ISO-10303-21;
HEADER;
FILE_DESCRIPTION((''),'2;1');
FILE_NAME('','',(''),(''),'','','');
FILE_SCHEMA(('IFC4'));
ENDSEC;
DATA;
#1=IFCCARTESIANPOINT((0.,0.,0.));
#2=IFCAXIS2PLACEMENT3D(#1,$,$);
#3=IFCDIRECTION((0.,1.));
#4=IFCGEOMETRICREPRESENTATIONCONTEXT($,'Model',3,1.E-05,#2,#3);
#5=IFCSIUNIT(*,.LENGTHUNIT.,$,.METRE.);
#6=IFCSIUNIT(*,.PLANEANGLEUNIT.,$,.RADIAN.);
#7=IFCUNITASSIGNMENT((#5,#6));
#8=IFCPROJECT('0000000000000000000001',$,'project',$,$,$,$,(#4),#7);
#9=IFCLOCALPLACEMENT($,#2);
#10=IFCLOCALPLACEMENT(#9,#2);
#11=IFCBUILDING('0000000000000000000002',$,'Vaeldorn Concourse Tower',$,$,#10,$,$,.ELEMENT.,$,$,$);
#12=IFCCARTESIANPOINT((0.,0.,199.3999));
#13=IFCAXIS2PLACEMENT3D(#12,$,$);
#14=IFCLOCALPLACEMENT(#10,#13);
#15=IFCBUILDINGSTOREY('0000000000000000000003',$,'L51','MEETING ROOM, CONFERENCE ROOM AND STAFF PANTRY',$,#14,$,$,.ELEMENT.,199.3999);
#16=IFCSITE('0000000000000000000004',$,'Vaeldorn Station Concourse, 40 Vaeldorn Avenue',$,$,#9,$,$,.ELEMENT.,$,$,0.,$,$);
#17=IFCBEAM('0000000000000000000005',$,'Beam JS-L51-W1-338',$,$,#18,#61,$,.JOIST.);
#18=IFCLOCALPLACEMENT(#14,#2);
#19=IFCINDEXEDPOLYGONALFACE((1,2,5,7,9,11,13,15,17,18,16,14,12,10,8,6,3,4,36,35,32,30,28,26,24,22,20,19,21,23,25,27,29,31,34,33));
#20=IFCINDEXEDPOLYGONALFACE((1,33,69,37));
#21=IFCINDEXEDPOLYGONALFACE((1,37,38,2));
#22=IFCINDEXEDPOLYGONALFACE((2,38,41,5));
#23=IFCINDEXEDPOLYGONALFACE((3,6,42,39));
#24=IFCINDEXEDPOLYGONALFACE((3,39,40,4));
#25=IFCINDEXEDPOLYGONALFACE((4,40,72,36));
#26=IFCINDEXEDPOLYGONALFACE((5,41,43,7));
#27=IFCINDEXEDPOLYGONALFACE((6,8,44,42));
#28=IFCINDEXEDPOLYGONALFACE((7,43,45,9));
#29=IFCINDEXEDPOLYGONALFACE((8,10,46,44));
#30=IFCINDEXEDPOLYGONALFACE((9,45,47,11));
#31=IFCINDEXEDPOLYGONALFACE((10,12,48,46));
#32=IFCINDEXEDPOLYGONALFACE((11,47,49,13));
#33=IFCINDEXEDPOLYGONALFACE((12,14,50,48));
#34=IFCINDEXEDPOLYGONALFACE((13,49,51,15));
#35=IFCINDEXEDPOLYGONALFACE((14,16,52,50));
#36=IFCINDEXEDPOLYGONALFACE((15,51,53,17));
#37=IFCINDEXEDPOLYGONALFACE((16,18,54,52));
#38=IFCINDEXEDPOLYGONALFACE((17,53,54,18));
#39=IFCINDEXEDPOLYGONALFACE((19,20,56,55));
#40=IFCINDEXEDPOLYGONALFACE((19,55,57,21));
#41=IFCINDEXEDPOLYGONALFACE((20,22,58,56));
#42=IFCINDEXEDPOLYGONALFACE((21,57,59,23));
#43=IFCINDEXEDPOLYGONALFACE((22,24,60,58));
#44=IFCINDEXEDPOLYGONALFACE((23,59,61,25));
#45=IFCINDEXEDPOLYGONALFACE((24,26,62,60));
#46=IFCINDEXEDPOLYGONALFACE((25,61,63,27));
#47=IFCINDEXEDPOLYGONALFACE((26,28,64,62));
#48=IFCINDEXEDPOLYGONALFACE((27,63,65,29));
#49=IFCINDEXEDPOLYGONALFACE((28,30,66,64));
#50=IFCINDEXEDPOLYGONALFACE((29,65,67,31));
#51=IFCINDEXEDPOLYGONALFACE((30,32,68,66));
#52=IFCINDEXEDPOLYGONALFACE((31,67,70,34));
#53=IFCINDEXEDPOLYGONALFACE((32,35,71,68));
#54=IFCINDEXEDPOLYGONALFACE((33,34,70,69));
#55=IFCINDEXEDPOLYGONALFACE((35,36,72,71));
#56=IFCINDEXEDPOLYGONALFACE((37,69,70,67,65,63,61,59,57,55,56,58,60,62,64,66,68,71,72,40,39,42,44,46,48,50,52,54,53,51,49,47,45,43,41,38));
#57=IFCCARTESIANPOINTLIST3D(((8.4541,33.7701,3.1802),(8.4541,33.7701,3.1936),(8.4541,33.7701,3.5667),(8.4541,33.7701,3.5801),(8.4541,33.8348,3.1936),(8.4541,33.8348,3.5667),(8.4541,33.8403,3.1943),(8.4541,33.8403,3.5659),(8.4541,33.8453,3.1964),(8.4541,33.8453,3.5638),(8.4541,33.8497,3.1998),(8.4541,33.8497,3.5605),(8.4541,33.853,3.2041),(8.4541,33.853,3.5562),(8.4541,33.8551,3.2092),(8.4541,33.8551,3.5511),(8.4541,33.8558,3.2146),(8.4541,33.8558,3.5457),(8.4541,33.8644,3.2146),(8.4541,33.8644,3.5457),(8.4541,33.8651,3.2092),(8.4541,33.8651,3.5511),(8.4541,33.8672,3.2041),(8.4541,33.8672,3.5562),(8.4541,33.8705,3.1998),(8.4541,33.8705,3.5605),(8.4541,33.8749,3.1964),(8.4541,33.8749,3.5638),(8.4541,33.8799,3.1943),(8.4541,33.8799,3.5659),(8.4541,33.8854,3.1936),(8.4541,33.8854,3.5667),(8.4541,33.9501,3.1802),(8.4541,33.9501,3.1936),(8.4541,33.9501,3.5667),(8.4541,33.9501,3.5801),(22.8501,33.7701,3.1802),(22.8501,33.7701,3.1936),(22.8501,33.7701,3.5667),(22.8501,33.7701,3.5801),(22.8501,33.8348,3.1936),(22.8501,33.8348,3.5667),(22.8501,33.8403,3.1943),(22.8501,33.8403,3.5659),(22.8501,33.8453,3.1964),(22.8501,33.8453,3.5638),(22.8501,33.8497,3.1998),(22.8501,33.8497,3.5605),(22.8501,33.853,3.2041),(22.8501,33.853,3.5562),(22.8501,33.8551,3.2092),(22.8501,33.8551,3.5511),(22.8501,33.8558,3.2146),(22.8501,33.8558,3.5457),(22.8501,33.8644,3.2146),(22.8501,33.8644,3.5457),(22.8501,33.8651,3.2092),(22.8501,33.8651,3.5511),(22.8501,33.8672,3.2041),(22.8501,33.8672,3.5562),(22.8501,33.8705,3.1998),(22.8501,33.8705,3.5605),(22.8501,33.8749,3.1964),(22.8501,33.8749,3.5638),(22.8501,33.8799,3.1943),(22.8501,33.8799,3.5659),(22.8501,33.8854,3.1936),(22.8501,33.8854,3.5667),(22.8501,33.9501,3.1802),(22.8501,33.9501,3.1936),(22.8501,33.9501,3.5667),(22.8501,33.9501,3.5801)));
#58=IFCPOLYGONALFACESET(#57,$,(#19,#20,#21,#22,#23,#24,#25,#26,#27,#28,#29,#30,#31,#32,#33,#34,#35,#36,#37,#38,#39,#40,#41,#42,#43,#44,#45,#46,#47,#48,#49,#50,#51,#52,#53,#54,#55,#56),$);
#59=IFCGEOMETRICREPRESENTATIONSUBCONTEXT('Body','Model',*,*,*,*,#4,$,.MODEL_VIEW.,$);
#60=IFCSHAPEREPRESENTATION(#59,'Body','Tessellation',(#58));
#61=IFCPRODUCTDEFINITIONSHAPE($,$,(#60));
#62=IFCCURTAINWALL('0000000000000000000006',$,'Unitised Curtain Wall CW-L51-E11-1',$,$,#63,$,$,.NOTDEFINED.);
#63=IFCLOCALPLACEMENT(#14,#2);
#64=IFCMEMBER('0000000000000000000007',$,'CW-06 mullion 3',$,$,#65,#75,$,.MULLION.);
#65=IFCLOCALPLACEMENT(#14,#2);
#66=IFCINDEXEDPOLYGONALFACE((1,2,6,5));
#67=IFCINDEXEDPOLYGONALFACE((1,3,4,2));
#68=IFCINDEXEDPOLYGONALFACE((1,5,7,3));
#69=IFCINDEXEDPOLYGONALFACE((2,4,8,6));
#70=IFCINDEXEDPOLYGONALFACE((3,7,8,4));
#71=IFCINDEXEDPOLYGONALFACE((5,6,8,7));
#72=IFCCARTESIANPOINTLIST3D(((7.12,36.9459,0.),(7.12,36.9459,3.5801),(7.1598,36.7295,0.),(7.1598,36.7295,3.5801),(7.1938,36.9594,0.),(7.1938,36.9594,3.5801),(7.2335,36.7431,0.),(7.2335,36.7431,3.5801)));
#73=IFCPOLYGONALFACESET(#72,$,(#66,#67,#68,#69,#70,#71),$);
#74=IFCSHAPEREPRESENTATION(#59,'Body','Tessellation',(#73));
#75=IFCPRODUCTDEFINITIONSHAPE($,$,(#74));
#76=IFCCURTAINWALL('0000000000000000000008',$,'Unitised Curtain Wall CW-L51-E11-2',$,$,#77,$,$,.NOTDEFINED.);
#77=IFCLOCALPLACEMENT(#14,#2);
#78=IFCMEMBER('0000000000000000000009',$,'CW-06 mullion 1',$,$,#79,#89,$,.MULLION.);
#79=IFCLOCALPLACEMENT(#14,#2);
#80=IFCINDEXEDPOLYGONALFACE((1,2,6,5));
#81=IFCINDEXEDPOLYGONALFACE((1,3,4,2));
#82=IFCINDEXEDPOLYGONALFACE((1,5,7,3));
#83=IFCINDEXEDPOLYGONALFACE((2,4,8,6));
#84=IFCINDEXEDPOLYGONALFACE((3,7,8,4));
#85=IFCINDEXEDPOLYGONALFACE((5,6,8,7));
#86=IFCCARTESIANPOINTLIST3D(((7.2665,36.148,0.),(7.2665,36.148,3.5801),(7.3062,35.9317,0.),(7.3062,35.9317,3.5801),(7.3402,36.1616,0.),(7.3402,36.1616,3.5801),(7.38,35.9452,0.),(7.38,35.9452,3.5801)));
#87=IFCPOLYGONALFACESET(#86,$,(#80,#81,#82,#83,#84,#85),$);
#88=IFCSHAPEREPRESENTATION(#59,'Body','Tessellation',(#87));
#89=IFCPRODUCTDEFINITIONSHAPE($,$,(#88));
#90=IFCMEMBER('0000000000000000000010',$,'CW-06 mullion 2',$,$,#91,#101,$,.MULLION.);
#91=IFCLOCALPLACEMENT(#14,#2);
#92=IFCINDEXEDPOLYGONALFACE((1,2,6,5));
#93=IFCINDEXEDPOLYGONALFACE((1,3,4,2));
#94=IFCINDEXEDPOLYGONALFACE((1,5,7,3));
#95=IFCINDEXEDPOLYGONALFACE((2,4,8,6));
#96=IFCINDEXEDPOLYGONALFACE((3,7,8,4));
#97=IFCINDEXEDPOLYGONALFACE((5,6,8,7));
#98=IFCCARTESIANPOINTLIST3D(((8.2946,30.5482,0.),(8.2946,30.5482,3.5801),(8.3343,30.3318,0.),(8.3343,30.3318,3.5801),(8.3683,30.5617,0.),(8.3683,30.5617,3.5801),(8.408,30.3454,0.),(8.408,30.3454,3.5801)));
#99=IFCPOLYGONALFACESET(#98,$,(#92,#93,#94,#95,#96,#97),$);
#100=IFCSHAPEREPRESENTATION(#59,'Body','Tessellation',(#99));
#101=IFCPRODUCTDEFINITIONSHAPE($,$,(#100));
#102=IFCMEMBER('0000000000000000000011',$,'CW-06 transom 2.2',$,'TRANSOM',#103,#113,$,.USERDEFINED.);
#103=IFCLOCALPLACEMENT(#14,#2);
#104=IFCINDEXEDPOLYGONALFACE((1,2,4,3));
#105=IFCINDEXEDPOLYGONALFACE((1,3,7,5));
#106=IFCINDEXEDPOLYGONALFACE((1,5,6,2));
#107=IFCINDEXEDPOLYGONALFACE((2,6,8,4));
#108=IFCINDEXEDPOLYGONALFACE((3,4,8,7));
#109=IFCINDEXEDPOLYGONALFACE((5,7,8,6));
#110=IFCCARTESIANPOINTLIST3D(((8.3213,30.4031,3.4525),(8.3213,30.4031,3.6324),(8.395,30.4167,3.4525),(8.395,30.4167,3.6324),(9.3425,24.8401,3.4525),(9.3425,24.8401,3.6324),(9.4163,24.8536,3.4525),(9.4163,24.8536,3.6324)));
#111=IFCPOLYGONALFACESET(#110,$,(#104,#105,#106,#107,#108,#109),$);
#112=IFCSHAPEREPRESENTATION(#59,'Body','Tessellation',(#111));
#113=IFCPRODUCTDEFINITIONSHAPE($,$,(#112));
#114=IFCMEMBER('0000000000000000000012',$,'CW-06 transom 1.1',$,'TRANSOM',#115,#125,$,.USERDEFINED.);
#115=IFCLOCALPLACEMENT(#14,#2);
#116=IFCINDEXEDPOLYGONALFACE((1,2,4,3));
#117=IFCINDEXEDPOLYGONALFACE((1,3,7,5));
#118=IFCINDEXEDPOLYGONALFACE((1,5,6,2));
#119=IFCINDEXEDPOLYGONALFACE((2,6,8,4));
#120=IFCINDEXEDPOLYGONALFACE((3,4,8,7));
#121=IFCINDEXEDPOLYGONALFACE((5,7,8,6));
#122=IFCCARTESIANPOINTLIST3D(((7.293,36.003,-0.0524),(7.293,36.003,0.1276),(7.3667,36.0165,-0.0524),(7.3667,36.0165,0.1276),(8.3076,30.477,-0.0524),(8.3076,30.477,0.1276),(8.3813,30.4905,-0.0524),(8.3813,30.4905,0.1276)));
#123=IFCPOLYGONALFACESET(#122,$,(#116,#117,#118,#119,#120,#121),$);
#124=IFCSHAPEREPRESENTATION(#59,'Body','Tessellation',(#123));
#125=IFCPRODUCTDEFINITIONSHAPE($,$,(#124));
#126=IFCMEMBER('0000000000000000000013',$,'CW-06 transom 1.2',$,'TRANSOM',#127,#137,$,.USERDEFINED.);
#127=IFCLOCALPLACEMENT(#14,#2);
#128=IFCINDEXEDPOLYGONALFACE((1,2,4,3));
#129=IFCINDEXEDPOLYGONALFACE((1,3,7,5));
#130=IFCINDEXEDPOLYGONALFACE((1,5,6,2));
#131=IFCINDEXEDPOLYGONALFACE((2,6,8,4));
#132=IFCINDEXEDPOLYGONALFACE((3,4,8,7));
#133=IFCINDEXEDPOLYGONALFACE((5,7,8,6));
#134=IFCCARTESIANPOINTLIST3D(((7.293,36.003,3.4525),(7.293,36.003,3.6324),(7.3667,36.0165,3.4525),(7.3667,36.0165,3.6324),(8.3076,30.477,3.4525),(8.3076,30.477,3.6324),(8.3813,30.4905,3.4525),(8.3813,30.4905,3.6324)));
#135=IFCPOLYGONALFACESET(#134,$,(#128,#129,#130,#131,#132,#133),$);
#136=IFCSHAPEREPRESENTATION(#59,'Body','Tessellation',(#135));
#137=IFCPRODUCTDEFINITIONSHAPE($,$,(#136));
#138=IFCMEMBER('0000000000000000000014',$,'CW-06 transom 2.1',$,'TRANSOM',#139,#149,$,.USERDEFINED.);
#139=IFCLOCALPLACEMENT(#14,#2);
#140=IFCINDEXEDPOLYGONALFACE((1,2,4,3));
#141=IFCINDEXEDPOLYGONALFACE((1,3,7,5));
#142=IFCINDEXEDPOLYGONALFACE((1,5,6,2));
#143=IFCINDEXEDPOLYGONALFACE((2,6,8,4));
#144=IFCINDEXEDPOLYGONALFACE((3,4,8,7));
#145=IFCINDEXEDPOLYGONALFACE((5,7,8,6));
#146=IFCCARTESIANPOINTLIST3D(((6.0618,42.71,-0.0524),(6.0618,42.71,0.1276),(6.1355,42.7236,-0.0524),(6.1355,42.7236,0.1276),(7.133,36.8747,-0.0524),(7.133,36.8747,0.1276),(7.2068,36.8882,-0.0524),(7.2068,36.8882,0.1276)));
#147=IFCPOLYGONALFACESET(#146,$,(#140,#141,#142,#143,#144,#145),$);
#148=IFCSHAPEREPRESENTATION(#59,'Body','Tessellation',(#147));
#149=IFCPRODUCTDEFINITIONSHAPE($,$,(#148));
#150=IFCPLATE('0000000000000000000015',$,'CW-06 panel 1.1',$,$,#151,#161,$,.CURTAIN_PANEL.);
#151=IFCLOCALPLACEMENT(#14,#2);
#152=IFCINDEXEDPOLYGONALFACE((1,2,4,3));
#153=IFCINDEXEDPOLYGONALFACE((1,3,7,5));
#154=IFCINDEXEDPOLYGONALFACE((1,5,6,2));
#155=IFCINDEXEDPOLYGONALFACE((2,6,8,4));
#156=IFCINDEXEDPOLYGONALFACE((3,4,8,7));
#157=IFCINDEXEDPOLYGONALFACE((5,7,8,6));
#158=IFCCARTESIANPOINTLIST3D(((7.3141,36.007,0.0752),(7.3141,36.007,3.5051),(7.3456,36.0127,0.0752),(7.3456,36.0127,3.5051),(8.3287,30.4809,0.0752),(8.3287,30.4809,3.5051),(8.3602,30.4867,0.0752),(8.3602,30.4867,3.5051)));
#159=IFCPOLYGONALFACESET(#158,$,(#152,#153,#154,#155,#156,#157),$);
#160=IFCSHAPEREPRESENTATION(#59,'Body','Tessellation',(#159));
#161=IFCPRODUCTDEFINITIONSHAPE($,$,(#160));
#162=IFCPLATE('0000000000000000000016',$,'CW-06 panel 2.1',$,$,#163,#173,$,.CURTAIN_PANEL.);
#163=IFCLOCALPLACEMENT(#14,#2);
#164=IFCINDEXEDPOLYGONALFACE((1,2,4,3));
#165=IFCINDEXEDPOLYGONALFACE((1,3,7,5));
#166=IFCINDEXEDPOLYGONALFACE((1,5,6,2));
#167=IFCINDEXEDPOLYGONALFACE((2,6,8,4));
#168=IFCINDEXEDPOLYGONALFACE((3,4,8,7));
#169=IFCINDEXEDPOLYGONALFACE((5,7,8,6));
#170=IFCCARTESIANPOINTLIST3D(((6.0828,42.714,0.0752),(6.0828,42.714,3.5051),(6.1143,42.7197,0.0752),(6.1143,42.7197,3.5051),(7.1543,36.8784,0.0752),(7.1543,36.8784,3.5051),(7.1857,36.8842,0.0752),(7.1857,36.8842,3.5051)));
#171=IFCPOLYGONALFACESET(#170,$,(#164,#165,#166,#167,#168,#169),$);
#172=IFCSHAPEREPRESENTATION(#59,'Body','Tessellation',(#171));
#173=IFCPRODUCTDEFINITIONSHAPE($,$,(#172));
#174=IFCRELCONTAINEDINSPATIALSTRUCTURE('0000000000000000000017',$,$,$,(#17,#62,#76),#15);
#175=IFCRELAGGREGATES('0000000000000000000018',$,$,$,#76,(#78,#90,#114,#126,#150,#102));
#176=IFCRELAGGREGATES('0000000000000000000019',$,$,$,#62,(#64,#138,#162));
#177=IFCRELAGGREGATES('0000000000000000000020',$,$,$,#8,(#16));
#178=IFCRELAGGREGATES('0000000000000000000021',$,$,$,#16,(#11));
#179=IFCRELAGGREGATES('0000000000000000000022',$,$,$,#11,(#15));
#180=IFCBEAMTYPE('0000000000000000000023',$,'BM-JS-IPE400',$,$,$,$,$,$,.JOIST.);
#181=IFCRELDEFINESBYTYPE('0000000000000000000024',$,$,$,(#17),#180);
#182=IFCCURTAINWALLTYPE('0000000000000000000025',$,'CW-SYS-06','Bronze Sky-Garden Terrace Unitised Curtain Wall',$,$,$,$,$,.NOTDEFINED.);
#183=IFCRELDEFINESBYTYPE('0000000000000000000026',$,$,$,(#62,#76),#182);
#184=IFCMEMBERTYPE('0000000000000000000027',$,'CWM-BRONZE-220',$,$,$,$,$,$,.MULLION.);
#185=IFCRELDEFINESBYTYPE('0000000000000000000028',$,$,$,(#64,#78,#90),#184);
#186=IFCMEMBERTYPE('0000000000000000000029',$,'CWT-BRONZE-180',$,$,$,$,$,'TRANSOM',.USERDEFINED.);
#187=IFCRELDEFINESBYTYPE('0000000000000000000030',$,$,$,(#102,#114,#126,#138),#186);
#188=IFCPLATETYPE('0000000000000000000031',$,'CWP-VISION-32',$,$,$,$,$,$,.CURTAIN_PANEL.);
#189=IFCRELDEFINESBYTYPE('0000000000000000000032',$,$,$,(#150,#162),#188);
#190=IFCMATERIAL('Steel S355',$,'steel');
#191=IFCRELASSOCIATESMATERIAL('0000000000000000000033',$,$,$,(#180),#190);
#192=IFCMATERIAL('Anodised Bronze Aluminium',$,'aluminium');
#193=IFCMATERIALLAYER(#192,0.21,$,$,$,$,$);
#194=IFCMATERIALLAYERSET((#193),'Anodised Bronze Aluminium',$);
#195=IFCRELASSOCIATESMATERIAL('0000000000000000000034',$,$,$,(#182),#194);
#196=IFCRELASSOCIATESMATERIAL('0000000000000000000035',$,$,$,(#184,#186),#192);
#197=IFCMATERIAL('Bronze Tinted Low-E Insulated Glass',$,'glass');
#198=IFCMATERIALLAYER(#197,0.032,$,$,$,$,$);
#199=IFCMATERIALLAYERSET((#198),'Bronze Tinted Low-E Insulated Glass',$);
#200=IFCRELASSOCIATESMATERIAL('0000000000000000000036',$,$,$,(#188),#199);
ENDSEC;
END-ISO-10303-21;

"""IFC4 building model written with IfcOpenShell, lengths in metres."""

from ifc_helpers import new_model, si_unit, direction, frame, origin, origin_2d, place, context, subcontext, project, spatial, rectangle, i_section, extrude, source, transform, mapped, material, layer, layer_set, material_profile, profile_set, type_object, element, aggregate, save


model = new_model("IFC4")

# Units and contexts
model_context = context("Model", 3, precision=1e-05, world=origin(), true_north=direction((0.0, 1.0)))
body_context = subcontext(model_context, "Body", "Model", "MODEL_VIEW")
ifc_project = project(units=[si_unit("LENGTHUNIT", "METRE"), si_unit("PLANEANGLEUNIT", "RADIAN")], contexts=[model_context])

# Site, building, storey
site_placement = place(None, origin())
site = spatial("IfcSite", under=ifc_project, at=site_placement, Name="Vaeldorn Station Concourse, 40 Vaeldorn Avenue", CompositionType="ELEMENT", RefElevation=0.0)
building_placement = place(site_placement, origin())
building = spatial("IfcBuilding", under=site, at=building_placement, Name="Vaeldorn Concourse Tower", CompositionType="ELEMENT")
storey_placement = place(building_placement, frame((0.0, 0.0, 199.3999)))
storey = spatial("IfcBuildingStorey", under=building, at=storey_placement, Name="L51", Description="MEETING ROOM, CONFERENCE ROOM AND STAFF PANTRY", CompositionType="ELEMENT", Elevation=199.3999)

# Beam
ifc_material_1 = material(Name="Steel S355", Category="steel")
ifc_material_profile_1 = material_profile(ifc_material_1, i_section(OverallWidth=0.1799, OverallDepth=0.3999, WebThickness=0.0085, FlangeThickness=0.0134, FilletRadius=0.021, at=origin_2d()), Name="IPE 400")
ifc_profile_set_1 = profile_set([ifc_material_profile_1], Name="Steel S355")
beam_type_1 = type_object("IfcBeamType", Name="BM-JS-IPE400", PredefinedType="JOIST", material=ifc_profile_set_1)
shared_shape_1 = source(origin(), body_context, "Body", "SweptSolid", [
    extrude(i_section(OverallWidth=0.1799, OverallDepth=0.3999, WebThickness=0.0085, FlangeThickness=0.0134, FilletRadius=0.021, at=origin_2d()), origin(), (0.0, 0.0, 1.0), 14.396),
])
beam_1_placement = place(storey_placement, frame((8.4541, 33.8601, 3.3801), z_axis=(1.0, 0.0, 0.0), x_axis=(0.0, 1.0, 0.0)))
element("IfcBeam", 1, at=beam_1_placement, inside=storey, type_object=beam_type_1, Name="Beam JS-L51-W1-338", PredefinedType="JOIST", context=body_context, shape_type="MappedRepresentation", body=[
    mapped(shared_shape_1, transform((0.0, 0.0, 0.0), scale=1.0)),
])

# Curtain wall, member
ifc_material_2 = material(Name="Anodised Bronze Aluminium", Category="aluminium")
ifc_layer_1 = layer(ifc_material_2, 0.21)
ifc_layer_set_1 = layer_set([ifc_layer_1], Name="Anodised Bronze Aluminium")
curtain_wall_type = type_object("IfcCurtainWallType", Name="CW-SYS-06", Description="Bronze Sky-Garden Terrace Unitised Curtain Wall", PredefinedType="NOTDEFINED", material=ifc_layer_set_1)
curtain_wall_1_placement = place(storey_placement, origin())
curtain_wall_1 = element("IfcCurtainWall", 2, at=curtain_wall_1_placement, inside=storey, type_object=curtain_wall_type, Name="Unitised Curtain Wall CW-L51-E11-1", PredefinedType="NOTDEFINED")
ifc_material_profile_2 = material_profile(ifc_material_2, rectangle(XDim=0.075, YDim=0.22, at=origin_2d()), Name="CWM 75x220")
ifc_profile_set_2 = profile_set([ifc_material_profile_2], Name="Anodised Bronze Aluminium")
member_type_1 = type_object("IfcMemberType", Name="CWM-BRONZE-220", PredefinedType="MULLION", material=ifc_profile_set_2)
shared_shape_2 = source(origin(), body_context, "Body", "SweptSolid", [
    extrude(rectangle(XDim=0.075, YDim=0.22, at=origin_2d()), origin(), (0.0, 0.0, 1.0), 3.5801),
])
member_1_placement = place(storey_placement, frame((7.1768, 36.8445, 0.0), z_axis=(0.0, 0.0, 1.0), x_axis=(0.983559, 0.180585, 0.0)))
member_1 = element("IfcMember", 3, at=member_1_placement, type_object=member_type_1, Name="CW-06 mullion 3", PredefinedType="MULLION", context=body_context, shape_type="MappedRepresentation", body=[
    mapped(shared_shape_2, transform((0.0, 0.0, 0.0), scale=1.0)),
])

# Curtain wall, members
curtain_wall_2_placement = place(storey_placement, origin())
curtain_wall_2 = element("IfcCurtainWall", 4, at=curtain_wall_2_placement, inside=storey, type_object=curtain_wall_type, Name="Unitised Curtain Wall CW-L51-E11-2", PredefinedType="NOTDEFINED")
member_2_placement = place(storey_placement, frame((7.3232, 36.0466, 0.0), z_axis=(0.0, 0.0, 1.0), x_axis=(0.983559, 0.180585, 0.0)))
member_2 = element("IfcMember", 5, at=member_2_placement, type_object=member_type_1, Name="CW-06 mullion 1", PredefinedType="MULLION", context=body_context, shape_type="MappedRepresentation", body=[
    mapped(shared_shape_2, transform((0.0, 0.0, 0.0), scale=1.0)),
])
member_3_placement = place(storey_placement, frame((8.3513, 30.4468, 0.0), z_axis=(0.0, 0.0, 1.0), x_axis=(0.983559, 0.180585, 0.0)))
member_3 = element("IfcMember", 6, at=member_3_placement, type_object=member_type_1, Name="CW-06 mullion 2", PredefinedType="MULLION", context=body_context, shape_type="MappedRepresentation", body=[
    mapped(shared_shape_2, transform((0.0, 0.0, 0.0), scale=1.0)),
])
ifc_material_profile_3 = material_profile(ifc_material_2, rectangle(XDim=0.075, YDim=0.1799, at=origin_2d()), Name="CWT 75x180")
ifc_profile_set_3 = profile_set([ifc_material_profile_3], Name="Anodised Bronze Aluminium")
member_type_2 = type_object("IfcMemberType", Name="CWT-BRONZE-180", ElementType="TRANSOM", PredefinedType="USERDEFINED", material=ifc_profile_set_3)
shared_shape_3 = source(origin(), body_context, "Body", "SweptSolid", [
    extrude(rectangle(XDim=0.075, YDim=0.1799, at=origin_2d()), origin(), (0.0, 0.0, 1.0), 5.656),
])
member_4_placement = place(storey_placement, frame((8.3582, 30.4099, 3.5425), z_axis=(0.18056, -0.983564, 0.0), x_axis=(0.983564, 0.18056, 0.0)))
member_4 = element("IfcMember", 7, at=member_4_placement, type_object=member_type_2, Name="CW-06 transom 2.2", ObjectType="TRANSOM", PredefinedType="USERDEFINED", context=body_context, shape_type="MappedRepresentation", body=[
    mapped(shared_shape_3, transform((0.0, 0.0, 0.0), scale=1.0)),
])
shared_shape_4 = source(origin(), body_context, "Body", "SweptSolid", [
    extrude(rectangle(XDim=0.075, YDim=0.1799, at=origin_2d()), origin(), (0.0, 0.0, 1.0), 5.6184),
])
member_5_placement = place(storey_placement, frame((7.3298, 36.0098, 0.0376), z_axis=(0.180591, -0.983558, 0.0), x_axis=(0.983558, 0.180591, 0.0)))
member_5 = element("IfcMember", 8, at=member_5_placement, type_object=member_type_2, Name="CW-06 transom 1.1", ObjectType="TRANSOM", PredefinedType="USERDEFINED", context=body_context, shape_type="MappedRepresentation", body=[
    mapped(shared_shape_4, transform((0.0, 0.0, 0.0), scale=1.0)),
])
member_6_placement = place(storey_placement, frame((7.3298, 36.0098, 3.5425), z_axis=(0.180591, -0.983558, 0.0), x_axis=(0.983558, 0.180591, 0.0)))
member_6 = element("IfcMember", 9, at=member_6_placement, type_object=member_type_2, Name="CW-06 transom 1.2", ObjectType="TRANSOM", PredefinedType="USERDEFINED", context=body_context, shape_type="MappedRepresentation", body=[
    mapped(shared_shape_4, transform((0.0, 0.0, 0.0), scale=1.0)),
])

# Member
shared_shape_5 = source(origin(), body_context, "Body", "SweptSolid", [
    extrude(rectangle(XDim=0.075, YDim=0.1799, at=origin_2d()), origin(), (0.0, 0.0, 1.0), 5.9329),
])
member_7_placement = place(storey_placement, frame((6.0986, 42.7168, 0.0376), z_axis=(0.180565, -0.983563, 0.0), x_axis=(0.983563, 0.180565, 0.0)))
member_7 = element("IfcMember", 10, at=member_7_placement, type_object=member_type_2, Name="CW-06 transom 2.1", ObjectType="TRANSOM", PredefinedType="USERDEFINED", context=body_context, shape_type="MappedRepresentation", body=[
    mapped(shared_shape_5, transform((0.0, 0.0, 0.0), scale=1.0)),
])

# Plates
ifc_material_3 = material(Name="Bronze Tinted Low-E Insulated Glass", Category="glass")
ifc_layer_2 = layer(ifc_material_3, 0.032)
ifc_layer_set_2 = layer_set([ifc_layer_2], Name="Bronze Tinted Low-E Insulated Glass")
plate_type = type_object("IfcPlateType", Name="CWP-VISION-32", PredefinedType="CURTAIN_PANEL", material=ifc_layer_set_2)
shared_shape_6 = source(origin(), body_context, "Body", "SweptSolid", [
    extrude(rectangle(XDim=5.6184, YDim=0.032, at=origin_2d()), origin(), (0.0, 0.0, 1.0), 3.4299),
])
plate_1_placement = place(storey_placement, frame((7.8372, 33.2468, 0.0752), z_axis=(0.0, 0.0, 1.0), x_axis=(0.180585, -0.983559, 0.0)))
plate_1 = element("IfcPlate", 11, at=plate_1_placement, type_object=plate_type, Name="CW-06 panel 1.1", PredefinedType="CURTAIN_PANEL", context=body_context, shape_type="MappedRepresentation", body=[
    mapped(shared_shape_6, transform((0.0, 0.0, 0.0), scale=1.0)),
])
aggregate(curtain_wall_2, [member_2, member_3, member_5, member_6, plate_1, member_4])
shared_shape_7 = source(origin(), body_context, "Body", "SweptSolid", [
    extrude(rectangle(XDim=5.9331, YDim=0.032, at=origin_2d()), origin(), (0.0, 0.0, 1.0), 3.4299),
])
plate_2_placement = place(storey_placement, frame((6.6343, 39.7991, 0.0752), z_axis=(0.0, 0.0, 1.0), x_axis=(0.180585, -0.983559, 0.0)))
plate_2 = element("IfcPlate", 12, at=plate_2_placement, type_object=plate_type, Name="CW-06 panel 2.1", PredefinedType="CURTAIN_PANEL", context=body_context, shape_type="MappedRepresentation", body=[
    mapped(shared_shape_7, transform((0.0, 0.0, 0.0), scale=1.0)),
])
aggregate(curtain_wall_1, [member_1, member_7, plate_2])

save(model, "model.ifc")
